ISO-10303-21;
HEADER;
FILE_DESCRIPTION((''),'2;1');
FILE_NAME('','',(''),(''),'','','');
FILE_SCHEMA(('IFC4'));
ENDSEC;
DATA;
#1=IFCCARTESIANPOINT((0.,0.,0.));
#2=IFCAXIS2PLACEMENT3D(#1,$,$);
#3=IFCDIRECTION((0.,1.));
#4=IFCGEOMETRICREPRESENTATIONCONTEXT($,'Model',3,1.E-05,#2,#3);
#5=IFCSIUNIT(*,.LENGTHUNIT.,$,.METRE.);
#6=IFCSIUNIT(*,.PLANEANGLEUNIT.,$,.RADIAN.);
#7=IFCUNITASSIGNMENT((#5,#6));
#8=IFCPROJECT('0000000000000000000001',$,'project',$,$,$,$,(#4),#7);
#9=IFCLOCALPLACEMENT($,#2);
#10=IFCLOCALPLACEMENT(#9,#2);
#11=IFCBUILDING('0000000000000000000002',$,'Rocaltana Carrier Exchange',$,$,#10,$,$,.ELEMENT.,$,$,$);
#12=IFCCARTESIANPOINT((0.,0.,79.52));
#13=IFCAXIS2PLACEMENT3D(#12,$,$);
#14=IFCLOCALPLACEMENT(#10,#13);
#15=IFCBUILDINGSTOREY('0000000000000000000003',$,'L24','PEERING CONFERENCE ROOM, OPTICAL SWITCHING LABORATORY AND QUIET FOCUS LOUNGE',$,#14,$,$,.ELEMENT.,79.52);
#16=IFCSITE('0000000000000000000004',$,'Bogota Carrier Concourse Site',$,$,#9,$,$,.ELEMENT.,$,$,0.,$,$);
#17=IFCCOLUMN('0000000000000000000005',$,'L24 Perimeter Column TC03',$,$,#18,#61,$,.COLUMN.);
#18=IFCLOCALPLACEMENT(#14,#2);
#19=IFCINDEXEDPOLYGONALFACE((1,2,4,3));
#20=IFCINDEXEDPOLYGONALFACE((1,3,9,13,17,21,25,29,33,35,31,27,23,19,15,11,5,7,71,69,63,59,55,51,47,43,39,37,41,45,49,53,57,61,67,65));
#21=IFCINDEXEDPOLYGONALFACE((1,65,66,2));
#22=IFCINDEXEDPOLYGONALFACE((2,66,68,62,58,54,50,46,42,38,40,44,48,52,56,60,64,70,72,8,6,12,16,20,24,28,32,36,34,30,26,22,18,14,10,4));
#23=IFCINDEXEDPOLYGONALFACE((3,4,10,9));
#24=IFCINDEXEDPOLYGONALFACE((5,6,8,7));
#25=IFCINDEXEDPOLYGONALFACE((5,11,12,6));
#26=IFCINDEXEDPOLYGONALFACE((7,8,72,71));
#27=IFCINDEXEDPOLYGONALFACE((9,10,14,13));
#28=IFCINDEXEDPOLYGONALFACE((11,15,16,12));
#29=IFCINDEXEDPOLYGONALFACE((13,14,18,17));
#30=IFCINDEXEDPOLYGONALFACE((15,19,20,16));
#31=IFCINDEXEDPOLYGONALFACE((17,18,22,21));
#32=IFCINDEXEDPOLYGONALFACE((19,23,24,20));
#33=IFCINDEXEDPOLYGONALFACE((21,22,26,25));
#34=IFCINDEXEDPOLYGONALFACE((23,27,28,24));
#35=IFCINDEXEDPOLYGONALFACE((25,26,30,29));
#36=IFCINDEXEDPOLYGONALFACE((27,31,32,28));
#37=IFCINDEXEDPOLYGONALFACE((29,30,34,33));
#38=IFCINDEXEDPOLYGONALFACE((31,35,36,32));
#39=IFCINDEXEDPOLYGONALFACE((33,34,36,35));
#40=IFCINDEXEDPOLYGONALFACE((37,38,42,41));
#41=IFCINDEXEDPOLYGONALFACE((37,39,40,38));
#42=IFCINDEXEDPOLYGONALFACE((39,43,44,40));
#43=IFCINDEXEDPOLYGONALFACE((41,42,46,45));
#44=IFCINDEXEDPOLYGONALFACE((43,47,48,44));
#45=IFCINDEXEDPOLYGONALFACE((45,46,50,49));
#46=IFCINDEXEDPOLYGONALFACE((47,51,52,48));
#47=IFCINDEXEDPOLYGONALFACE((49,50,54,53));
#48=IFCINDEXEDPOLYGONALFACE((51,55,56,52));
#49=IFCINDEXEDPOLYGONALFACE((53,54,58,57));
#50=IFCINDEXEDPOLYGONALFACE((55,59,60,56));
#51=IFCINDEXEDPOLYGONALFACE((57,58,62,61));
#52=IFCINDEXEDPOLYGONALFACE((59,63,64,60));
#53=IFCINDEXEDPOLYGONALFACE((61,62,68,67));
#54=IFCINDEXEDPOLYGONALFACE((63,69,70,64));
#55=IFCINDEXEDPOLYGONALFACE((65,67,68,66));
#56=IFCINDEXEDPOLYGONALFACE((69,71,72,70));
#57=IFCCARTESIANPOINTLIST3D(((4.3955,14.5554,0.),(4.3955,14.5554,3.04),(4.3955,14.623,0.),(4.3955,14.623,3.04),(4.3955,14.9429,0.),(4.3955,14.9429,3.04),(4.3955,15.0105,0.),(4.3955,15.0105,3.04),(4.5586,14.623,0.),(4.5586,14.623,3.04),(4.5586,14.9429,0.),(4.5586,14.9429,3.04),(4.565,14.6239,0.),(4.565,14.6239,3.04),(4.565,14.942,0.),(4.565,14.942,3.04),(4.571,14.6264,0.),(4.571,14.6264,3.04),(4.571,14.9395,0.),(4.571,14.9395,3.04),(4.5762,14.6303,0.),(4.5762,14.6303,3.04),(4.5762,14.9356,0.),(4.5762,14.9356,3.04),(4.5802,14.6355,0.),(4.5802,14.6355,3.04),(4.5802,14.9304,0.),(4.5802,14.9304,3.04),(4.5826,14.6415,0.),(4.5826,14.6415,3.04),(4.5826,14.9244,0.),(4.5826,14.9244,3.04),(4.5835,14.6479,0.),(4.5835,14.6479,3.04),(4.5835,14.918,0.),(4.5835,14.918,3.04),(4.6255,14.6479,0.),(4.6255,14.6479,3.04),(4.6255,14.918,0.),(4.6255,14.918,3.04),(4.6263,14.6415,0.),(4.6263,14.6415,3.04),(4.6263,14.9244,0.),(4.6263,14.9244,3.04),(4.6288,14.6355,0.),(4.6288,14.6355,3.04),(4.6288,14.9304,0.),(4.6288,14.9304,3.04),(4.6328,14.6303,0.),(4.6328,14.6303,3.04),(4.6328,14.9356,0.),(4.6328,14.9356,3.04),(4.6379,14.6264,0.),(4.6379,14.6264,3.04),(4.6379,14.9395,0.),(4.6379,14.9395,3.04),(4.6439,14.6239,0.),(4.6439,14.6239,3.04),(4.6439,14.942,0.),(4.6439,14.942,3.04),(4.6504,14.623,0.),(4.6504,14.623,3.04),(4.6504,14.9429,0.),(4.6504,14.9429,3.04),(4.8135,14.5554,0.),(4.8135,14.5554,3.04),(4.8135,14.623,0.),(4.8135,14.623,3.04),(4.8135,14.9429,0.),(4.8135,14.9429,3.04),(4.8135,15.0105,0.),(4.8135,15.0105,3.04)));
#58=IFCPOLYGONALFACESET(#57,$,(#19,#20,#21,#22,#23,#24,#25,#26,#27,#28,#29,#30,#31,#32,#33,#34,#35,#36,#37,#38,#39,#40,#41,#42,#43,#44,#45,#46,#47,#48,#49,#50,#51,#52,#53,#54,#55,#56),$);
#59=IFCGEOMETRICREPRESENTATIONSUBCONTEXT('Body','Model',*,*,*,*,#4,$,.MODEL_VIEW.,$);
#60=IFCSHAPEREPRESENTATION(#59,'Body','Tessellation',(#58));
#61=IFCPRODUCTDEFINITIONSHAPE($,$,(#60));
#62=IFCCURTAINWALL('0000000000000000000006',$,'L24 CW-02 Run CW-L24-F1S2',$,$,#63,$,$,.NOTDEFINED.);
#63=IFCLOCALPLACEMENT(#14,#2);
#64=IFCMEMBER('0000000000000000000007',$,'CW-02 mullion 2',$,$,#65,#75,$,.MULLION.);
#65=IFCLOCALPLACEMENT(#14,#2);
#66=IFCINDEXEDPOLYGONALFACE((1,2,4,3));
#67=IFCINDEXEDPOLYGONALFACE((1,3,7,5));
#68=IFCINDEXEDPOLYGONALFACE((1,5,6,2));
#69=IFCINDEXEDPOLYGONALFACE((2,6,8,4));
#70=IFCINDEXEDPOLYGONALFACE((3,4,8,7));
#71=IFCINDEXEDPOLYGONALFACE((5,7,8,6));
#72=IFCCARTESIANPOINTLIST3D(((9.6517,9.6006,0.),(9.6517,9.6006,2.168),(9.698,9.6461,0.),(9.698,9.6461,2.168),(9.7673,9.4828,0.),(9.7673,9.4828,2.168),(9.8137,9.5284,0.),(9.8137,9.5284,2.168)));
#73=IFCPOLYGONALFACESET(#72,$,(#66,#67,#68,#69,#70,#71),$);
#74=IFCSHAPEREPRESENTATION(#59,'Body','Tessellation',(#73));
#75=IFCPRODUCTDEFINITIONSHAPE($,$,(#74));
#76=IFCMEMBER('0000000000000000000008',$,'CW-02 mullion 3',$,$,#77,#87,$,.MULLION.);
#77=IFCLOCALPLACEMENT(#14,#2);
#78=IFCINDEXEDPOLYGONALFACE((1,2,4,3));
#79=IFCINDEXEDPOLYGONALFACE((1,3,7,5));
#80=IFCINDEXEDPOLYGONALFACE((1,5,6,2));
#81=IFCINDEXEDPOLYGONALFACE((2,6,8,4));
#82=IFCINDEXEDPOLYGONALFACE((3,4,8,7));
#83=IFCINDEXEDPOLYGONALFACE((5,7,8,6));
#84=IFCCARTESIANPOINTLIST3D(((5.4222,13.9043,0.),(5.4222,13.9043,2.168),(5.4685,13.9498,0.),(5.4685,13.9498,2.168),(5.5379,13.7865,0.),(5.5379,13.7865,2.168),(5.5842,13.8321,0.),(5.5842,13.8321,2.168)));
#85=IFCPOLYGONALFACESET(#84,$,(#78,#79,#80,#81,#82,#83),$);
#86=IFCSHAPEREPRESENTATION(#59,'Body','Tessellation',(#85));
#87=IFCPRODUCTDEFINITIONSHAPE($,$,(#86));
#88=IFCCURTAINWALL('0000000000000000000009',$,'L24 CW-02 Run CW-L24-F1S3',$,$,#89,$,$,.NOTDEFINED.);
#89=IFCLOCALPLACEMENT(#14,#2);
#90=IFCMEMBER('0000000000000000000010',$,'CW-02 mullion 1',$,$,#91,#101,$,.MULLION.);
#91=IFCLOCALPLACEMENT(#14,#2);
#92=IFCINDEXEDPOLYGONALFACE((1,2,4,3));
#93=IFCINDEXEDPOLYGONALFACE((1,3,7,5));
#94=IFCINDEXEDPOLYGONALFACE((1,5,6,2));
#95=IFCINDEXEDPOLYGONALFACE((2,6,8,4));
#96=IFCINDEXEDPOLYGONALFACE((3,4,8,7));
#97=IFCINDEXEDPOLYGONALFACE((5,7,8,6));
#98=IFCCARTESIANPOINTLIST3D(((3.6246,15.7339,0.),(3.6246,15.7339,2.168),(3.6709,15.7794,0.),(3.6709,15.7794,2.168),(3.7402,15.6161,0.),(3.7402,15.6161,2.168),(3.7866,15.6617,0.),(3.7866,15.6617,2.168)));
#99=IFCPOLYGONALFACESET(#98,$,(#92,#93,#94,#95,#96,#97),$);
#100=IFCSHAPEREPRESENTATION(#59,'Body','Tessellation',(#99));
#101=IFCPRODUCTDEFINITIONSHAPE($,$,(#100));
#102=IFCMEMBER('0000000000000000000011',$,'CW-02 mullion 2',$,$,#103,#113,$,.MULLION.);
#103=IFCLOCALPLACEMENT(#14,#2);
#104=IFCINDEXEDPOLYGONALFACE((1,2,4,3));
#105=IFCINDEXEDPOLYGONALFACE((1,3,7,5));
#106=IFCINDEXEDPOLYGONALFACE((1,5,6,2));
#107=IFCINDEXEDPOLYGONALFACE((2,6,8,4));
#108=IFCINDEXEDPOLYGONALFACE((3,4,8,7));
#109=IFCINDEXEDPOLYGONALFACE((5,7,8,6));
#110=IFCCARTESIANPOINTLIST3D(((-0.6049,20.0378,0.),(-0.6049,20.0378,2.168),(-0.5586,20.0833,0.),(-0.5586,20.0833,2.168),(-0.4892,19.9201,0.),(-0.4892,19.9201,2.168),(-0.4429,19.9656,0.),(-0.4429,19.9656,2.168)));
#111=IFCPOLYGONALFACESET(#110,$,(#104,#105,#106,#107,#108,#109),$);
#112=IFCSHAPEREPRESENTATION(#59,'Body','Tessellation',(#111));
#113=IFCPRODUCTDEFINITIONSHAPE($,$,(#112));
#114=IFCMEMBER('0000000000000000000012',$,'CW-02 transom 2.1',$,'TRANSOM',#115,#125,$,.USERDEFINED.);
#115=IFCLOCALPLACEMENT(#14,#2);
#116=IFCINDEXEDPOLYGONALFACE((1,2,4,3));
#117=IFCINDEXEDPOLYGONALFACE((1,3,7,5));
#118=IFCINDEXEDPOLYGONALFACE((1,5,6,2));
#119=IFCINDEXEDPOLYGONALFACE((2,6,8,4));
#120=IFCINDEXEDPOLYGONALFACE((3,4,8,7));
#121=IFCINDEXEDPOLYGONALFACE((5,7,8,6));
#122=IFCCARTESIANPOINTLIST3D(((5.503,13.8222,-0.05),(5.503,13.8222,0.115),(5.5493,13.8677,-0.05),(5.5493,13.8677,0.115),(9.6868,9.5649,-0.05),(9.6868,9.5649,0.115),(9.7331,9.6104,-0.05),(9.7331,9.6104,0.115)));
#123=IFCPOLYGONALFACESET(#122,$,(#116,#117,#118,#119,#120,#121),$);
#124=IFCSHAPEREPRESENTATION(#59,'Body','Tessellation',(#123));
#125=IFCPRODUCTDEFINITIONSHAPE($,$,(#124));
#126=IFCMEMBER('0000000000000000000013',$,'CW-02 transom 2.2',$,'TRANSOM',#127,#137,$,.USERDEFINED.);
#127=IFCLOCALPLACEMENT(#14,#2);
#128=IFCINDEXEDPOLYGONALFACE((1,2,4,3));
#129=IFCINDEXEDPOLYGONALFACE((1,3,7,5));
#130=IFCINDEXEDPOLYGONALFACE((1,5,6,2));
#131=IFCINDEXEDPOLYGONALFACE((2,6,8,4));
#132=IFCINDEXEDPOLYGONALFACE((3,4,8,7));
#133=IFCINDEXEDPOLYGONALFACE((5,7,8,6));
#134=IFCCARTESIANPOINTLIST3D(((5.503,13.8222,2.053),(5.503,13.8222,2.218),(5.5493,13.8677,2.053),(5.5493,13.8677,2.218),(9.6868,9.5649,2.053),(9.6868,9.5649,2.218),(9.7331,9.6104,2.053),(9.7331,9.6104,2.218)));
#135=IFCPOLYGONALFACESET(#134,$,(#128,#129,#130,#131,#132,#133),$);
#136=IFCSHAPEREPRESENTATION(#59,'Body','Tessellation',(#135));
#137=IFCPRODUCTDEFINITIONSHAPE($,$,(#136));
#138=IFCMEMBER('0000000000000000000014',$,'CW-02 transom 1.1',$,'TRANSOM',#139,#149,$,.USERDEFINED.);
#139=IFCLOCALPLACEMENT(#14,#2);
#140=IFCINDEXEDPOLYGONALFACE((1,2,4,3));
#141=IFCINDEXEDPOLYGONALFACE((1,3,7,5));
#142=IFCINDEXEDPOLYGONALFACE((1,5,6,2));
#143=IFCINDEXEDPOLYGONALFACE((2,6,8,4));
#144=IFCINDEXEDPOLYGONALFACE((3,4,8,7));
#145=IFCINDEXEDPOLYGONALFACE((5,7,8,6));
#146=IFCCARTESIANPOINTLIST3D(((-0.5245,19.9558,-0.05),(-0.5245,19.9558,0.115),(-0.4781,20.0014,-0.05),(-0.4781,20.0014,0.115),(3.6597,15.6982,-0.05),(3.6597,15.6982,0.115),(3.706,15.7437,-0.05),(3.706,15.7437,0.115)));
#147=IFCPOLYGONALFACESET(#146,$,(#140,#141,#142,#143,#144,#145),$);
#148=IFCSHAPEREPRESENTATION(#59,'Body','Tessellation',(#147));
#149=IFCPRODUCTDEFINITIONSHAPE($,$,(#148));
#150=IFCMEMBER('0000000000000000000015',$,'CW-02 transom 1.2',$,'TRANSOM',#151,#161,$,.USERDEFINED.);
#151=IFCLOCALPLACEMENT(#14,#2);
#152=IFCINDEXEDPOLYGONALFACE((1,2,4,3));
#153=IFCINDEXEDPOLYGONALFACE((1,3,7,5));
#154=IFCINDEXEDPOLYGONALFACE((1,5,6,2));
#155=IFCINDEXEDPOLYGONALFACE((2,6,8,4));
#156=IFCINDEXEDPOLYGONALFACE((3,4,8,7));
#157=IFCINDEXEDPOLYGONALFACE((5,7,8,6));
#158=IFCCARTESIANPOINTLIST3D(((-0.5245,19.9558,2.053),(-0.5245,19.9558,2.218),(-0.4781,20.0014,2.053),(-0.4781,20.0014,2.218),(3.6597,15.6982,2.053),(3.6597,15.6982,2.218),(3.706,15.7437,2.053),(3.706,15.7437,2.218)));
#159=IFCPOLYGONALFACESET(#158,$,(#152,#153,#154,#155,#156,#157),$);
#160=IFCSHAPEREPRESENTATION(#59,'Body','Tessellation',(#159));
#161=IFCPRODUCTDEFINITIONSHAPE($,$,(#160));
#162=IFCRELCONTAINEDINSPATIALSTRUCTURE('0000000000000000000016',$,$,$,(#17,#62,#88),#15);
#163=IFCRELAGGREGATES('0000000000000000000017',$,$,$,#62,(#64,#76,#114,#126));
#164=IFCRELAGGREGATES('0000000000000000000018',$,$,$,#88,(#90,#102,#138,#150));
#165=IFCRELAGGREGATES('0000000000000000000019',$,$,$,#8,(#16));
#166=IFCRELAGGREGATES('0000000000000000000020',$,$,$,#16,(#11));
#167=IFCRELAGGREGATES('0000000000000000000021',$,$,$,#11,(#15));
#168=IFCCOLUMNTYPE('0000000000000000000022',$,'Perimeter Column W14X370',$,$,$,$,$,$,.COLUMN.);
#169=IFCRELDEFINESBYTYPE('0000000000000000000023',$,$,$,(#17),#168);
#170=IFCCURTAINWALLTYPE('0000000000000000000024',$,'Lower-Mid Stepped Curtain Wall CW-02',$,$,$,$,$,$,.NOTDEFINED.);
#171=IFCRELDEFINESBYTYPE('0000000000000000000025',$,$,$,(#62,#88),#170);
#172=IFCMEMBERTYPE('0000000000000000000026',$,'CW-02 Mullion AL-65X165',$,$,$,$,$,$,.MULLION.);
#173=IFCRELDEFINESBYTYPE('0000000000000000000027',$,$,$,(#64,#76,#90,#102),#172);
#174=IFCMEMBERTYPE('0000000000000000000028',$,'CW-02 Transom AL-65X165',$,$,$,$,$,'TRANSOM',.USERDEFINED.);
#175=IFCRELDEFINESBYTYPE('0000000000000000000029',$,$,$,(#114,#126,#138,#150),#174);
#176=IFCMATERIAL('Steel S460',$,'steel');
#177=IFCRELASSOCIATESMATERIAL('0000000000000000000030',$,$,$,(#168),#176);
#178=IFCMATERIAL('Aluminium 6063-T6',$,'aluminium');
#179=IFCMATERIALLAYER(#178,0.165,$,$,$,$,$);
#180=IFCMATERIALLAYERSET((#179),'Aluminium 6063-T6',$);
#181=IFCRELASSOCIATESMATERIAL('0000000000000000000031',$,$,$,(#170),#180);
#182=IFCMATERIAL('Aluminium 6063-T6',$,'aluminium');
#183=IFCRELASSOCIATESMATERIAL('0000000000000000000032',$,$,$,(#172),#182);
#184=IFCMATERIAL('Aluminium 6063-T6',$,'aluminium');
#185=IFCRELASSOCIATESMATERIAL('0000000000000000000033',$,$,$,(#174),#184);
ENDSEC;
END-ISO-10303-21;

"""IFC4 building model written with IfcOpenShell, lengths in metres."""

from ifc_helpers import new_model, si_unit, direction, frame, origin, origin_2d, place, context, subcontext, project, spatial, rectangle, i_section, extrude, material, layer, layer_set, material_profile, profile_set, type_object, element, aggregate, save


model = new_model("IFC4")

# Units and contexts
model_context = context("Model", 3, precision=1e-05, world=origin(), true_north=direction((0.0, 1.0)))
body_context = subcontext(model_context, "Body", "Model", "MODEL_VIEW")
ifc_project = project(units=[si_unit("LENGTHUNIT", "METRE"), si_unit("PLANEANGLEUNIT", "RADIAN")], contexts=[model_context])

# Site, building, storey
site_placement = place(None, origin())
site = spatial("IfcSite", under=ifc_project, at=site_placement, Name="Bogota Carrier Concourse Site", CompositionType="ELEMENT", RefElevation=0.0)
building_placement = place(site_placement, origin())
building = spatial("IfcBuilding", under=site, at=building_placement, Name="Rocaltana Carrier Exchange", CompositionType="ELEMENT")
storey_placement = place(building_placement, frame((0.0, 0.0, 79.52)))
storey = spatial("IfcBuildingStorey", under=building, at=storey_placement, Name="L24", Description="PEERING CONFERENCE ROOM, OPTICAL SWITCHING LABORATORY AND QUIET FOCUS LOUNGE", CompositionType="ELEMENT", Elevation=79.52)

# Column
ifc_material_1 = material(Name="Steel S460", Category="steel")
ifc_material_profile_1 = material_profile(ifc_material_1, i_section(OverallWidth=0.418, OverallDepth=0.4551, WebThickness=0.042, FlangeThickness=0.0676, FilletRadius=0.0249, at=origin_2d()), Name="W14X370")
ifc_profile_set_1 = profile_set([ifc_material_profile_1], Name="Steel S460")
column_type = type_object("IfcColumnType", Name="Perimeter Column W14X370", PredefinedType="COLUMN", material=ifc_profile_set_1)
column_placement = place(storey_placement, frame((4.6045, 14.783, 0.0), z_axis=(0.0, 0.0, 1.0), x_axis=(1.0, 0.0, 0.0)))
element("IfcColumn", 1, at=column_placement, inside=storey, type_object=column_type, Name="L24 Perimeter Column TC03", PredefinedType="COLUMN", context=body_context, shape_type="SweptSolid", body=[
    extrude(i_section(OverallWidth=0.418, OverallDepth=0.4551, WebThickness=0.042, FlangeThickness=0.0676, FilletRadius=0.0249, at=origin_2d()), origin(), (0.0, 0.0, 1.0), 3.04),
])

# Curtain walls, members
ifc_material_2 = material(Name="Aluminium 6063-T6", Category="aluminium")
ifc_layer_1 = layer(ifc_material_2, 0.165)
ifc_layer_set_1 = layer_set([ifc_layer_1], Name="Aluminium 6063-T6")
curtain_wall_type = type_object("IfcCurtainWallType", Name="Lower-Mid Stepped Curtain Wall CW-02", PredefinedType="NOTDEFINED", material=ifc_layer_set_1)
curtain_wall_1_placement = place(storey_placement, origin())
curtain_wall_1 = element("IfcCurtainWall", 2, at=curtain_wall_1_placement, inside=storey, type_object=curtain_wall_type, Name="L24 CW-02 Run CW-L24-F1S2", PredefinedType="NOTDEFINED")
ifc_material_3 = material(Name="Aluminium 6063-T6", Category="aluminium")
ifc_material_profile_2 = material_profile(ifc_material_3, rectangle(XDim=0.0649, YDim=0.165, at=origin_2d()), Name="AL-65X165")
ifc_profile_set_2 = profile_set([ifc_material_profile_2], Name="Aluminium 6063-T6")
member_type_1 = type_object("IfcMemberType", Name="CW-02 Mullion AL-65X165", PredefinedType="MULLION", material=ifc_profile_set_2)
member_1_placement = place(storey_placement, frame((9.7327, 9.5645, 0.0), z_axis=(0.0, 0.0, 1.0), x_axis=(-0.713245, -0.700915, 0.0)))
member_1 = element("IfcMember", 3, at=member_1_placement, type_object=member_type_1, Name="CW-02 mullion 2", PredefinedType="MULLION", context=body_context, shape_type="SweptSolid", body=[
    extrude(rectangle(XDim=0.0649, YDim=0.165, at=origin_2d()), origin(), (0.0, 0.0, 1.0), 2.168),
])
member_2_placement = place(storey_placement, frame((5.5032, 13.8682, 0.0), z_axis=(0.0, 0.0, 1.0), x_axis=(-0.713245, -0.700915, 0.0)))
member_2 = element("IfcMember", 4, at=member_2_placement, type_object=member_type_1, Name="CW-02 mullion 3", PredefinedType="MULLION", context=body_context, shape_type="SweptSolid", body=[
    extrude(rectangle(XDim=0.0649, YDim=0.165, at=origin_2d()), origin(), (0.0, 0.0, 1.0), 2.168),
])
curtain_wall_2_placement = place(storey_placement, origin())
curtain_wall_2 = element("IfcCurtainWall", 5, at=curtain_wall_2_placement, inside=storey, type_object=curtain_wall_type, Name="L24 CW-02 Run CW-L24-F1S3", PredefinedType="NOTDEFINED")
member_3_placement = place(storey_placement, frame((3.7056, 15.6978, 0.0), z_axis=(0.0, 0.0, 1.0), x_axis=(-0.713245, -0.700915, 0.0)))
member_3 = element("IfcMember", 6, at=member_3_placement, type_object=member_type_1, Name="CW-02 mullion 1", PredefinedType="MULLION", context=body_context, shape_type="SweptSolid", body=[
    extrude(rectangle(XDim=0.0649, YDim=0.165, at=origin_2d()), origin(), (0.0, 0.0, 1.0), 2.168),
])
member_4_placement = place(storey_placement, frame((-0.5239, 20.0017, 0.0), z_axis=(0.0, 0.0, 1.0), x_axis=(-0.713245, -0.700915, 0.0)))
member_4 = element("IfcMember", 7, at=member_4_placement, type_object=member_type_1, Name="CW-02 mullion 2", PredefinedType="MULLION", context=body_context, shape_type="SweptSolid", body=[
    extrude(rectangle(XDim=0.0649, YDim=0.165, at=origin_2d()), origin(), (0.0, 0.0, 1.0), 2.168),
])

# Members
ifc_material_4 = material(Name="Aluminium 6063-T6", Category="aluminium")
ifc_material_profile_3 = material_profile(ifc_material_4, rectangle(XDim=0.0649, YDim=0.165, at=origin_2d()), Name="AL-65X165")
ifc_profile_set_3 = profile_set([ifc_material_profile_3], Name="Aluminium 6063-T6")
member_type_2 = type_object("IfcMemberType", Name="CW-02 Transom AL-65X165", ElementType="TRANSOM", PredefinedType="USERDEFINED", material=ifc_profile_set_3)
member_5_placement = place(storey_placement, frame((9.71, 9.5876, 0.0325), z_axis=(-0.700924, 0.713236, 0.0), x_axis=(-0.713236, -0.700924, 0.0)))
member_5 = element("IfcMember", 8, at=member_5_placement, type_object=member_type_2, Name="CW-02 transom 2.1", ObjectType="TRANSOM", PredefinedType="USERDEFINED", context=body_context, shape_type="SweptSolid", body=[
    extrude(rectangle(XDim=0.0649, YDim=0.165, at=origin_2d()), origin(), (0.0, 0.0, 1.0), 5.969),
])
member_6_placement = place(storey_placement, frame((9.71, 9.5876, 2.1355), z_axis=(-0.700924, 0.713236, 0.0), x_axis=(-0.713236, -0.700924, 0.0)))
member_6 = element("IfcMember", 9, at=member_6_placement, type_object=member_type_2, Name="CW-02 transom 2.2", ObjectType="TRANSOM", PredefinedType="USERDEFINED", context=body_context, shape_type="SweptSolid", body=[
    extrude(rectangle(XDim=0.0649, YDim=0.165, at=origin_2d()), origin(), (0.0, 0.0, 1.0), 5.969),
])
member_7_placement = place(storey_placement, frame((3.6829, 15.7209, 0.0325), z_axis=(-0.700925, 0.713235, 0.0), x_axis=(-0.713235, -0.700925, 0.0)))
member_7 = element("IfcMember", 10, at=member_7_placement, type_object=member_type_2, Name="CW-02 transom 1.1", ObjectType="TRANSOM", PredefinedType="USERDEFINED", context=body_context, shape_type="SweptSolid", body=[
    extrude(rectangle(XDim=0.0649, YDim=0.165, at=origin_2d()), origin(), (0.0, 0.0, 1.0), 5.9695),
])
member_8_placement = place(storey_placement, frame((3.6829, 15.7209, 2.1355), z_axis=(-0.700925, 0.713235, 0.0), x_axis=(-0.713235, -0.700925, 0.0)))
member_8 = element("IfcMember", 11, at=member_8_placement, type_object=member_type_2, Name="CW-02 transom 1.2", ObjectType="TRANSOM", PredefinedType="USERDEFINED", context=body_context, shape_type="SweptSolid", body=[
    extrude(rectangle(XDim=0.0649, YDim=0.165, at=origin_2d()), origin(), (0.0, 0.0, 1.0), 5.9695),
])

aggregate(curtain_wall_1, [member_1, member_2, member_5, member_6])
aggregate(curtain_wall_2, [member_3, member_4, member_7, member_8])

save(model, "model.ifc")
